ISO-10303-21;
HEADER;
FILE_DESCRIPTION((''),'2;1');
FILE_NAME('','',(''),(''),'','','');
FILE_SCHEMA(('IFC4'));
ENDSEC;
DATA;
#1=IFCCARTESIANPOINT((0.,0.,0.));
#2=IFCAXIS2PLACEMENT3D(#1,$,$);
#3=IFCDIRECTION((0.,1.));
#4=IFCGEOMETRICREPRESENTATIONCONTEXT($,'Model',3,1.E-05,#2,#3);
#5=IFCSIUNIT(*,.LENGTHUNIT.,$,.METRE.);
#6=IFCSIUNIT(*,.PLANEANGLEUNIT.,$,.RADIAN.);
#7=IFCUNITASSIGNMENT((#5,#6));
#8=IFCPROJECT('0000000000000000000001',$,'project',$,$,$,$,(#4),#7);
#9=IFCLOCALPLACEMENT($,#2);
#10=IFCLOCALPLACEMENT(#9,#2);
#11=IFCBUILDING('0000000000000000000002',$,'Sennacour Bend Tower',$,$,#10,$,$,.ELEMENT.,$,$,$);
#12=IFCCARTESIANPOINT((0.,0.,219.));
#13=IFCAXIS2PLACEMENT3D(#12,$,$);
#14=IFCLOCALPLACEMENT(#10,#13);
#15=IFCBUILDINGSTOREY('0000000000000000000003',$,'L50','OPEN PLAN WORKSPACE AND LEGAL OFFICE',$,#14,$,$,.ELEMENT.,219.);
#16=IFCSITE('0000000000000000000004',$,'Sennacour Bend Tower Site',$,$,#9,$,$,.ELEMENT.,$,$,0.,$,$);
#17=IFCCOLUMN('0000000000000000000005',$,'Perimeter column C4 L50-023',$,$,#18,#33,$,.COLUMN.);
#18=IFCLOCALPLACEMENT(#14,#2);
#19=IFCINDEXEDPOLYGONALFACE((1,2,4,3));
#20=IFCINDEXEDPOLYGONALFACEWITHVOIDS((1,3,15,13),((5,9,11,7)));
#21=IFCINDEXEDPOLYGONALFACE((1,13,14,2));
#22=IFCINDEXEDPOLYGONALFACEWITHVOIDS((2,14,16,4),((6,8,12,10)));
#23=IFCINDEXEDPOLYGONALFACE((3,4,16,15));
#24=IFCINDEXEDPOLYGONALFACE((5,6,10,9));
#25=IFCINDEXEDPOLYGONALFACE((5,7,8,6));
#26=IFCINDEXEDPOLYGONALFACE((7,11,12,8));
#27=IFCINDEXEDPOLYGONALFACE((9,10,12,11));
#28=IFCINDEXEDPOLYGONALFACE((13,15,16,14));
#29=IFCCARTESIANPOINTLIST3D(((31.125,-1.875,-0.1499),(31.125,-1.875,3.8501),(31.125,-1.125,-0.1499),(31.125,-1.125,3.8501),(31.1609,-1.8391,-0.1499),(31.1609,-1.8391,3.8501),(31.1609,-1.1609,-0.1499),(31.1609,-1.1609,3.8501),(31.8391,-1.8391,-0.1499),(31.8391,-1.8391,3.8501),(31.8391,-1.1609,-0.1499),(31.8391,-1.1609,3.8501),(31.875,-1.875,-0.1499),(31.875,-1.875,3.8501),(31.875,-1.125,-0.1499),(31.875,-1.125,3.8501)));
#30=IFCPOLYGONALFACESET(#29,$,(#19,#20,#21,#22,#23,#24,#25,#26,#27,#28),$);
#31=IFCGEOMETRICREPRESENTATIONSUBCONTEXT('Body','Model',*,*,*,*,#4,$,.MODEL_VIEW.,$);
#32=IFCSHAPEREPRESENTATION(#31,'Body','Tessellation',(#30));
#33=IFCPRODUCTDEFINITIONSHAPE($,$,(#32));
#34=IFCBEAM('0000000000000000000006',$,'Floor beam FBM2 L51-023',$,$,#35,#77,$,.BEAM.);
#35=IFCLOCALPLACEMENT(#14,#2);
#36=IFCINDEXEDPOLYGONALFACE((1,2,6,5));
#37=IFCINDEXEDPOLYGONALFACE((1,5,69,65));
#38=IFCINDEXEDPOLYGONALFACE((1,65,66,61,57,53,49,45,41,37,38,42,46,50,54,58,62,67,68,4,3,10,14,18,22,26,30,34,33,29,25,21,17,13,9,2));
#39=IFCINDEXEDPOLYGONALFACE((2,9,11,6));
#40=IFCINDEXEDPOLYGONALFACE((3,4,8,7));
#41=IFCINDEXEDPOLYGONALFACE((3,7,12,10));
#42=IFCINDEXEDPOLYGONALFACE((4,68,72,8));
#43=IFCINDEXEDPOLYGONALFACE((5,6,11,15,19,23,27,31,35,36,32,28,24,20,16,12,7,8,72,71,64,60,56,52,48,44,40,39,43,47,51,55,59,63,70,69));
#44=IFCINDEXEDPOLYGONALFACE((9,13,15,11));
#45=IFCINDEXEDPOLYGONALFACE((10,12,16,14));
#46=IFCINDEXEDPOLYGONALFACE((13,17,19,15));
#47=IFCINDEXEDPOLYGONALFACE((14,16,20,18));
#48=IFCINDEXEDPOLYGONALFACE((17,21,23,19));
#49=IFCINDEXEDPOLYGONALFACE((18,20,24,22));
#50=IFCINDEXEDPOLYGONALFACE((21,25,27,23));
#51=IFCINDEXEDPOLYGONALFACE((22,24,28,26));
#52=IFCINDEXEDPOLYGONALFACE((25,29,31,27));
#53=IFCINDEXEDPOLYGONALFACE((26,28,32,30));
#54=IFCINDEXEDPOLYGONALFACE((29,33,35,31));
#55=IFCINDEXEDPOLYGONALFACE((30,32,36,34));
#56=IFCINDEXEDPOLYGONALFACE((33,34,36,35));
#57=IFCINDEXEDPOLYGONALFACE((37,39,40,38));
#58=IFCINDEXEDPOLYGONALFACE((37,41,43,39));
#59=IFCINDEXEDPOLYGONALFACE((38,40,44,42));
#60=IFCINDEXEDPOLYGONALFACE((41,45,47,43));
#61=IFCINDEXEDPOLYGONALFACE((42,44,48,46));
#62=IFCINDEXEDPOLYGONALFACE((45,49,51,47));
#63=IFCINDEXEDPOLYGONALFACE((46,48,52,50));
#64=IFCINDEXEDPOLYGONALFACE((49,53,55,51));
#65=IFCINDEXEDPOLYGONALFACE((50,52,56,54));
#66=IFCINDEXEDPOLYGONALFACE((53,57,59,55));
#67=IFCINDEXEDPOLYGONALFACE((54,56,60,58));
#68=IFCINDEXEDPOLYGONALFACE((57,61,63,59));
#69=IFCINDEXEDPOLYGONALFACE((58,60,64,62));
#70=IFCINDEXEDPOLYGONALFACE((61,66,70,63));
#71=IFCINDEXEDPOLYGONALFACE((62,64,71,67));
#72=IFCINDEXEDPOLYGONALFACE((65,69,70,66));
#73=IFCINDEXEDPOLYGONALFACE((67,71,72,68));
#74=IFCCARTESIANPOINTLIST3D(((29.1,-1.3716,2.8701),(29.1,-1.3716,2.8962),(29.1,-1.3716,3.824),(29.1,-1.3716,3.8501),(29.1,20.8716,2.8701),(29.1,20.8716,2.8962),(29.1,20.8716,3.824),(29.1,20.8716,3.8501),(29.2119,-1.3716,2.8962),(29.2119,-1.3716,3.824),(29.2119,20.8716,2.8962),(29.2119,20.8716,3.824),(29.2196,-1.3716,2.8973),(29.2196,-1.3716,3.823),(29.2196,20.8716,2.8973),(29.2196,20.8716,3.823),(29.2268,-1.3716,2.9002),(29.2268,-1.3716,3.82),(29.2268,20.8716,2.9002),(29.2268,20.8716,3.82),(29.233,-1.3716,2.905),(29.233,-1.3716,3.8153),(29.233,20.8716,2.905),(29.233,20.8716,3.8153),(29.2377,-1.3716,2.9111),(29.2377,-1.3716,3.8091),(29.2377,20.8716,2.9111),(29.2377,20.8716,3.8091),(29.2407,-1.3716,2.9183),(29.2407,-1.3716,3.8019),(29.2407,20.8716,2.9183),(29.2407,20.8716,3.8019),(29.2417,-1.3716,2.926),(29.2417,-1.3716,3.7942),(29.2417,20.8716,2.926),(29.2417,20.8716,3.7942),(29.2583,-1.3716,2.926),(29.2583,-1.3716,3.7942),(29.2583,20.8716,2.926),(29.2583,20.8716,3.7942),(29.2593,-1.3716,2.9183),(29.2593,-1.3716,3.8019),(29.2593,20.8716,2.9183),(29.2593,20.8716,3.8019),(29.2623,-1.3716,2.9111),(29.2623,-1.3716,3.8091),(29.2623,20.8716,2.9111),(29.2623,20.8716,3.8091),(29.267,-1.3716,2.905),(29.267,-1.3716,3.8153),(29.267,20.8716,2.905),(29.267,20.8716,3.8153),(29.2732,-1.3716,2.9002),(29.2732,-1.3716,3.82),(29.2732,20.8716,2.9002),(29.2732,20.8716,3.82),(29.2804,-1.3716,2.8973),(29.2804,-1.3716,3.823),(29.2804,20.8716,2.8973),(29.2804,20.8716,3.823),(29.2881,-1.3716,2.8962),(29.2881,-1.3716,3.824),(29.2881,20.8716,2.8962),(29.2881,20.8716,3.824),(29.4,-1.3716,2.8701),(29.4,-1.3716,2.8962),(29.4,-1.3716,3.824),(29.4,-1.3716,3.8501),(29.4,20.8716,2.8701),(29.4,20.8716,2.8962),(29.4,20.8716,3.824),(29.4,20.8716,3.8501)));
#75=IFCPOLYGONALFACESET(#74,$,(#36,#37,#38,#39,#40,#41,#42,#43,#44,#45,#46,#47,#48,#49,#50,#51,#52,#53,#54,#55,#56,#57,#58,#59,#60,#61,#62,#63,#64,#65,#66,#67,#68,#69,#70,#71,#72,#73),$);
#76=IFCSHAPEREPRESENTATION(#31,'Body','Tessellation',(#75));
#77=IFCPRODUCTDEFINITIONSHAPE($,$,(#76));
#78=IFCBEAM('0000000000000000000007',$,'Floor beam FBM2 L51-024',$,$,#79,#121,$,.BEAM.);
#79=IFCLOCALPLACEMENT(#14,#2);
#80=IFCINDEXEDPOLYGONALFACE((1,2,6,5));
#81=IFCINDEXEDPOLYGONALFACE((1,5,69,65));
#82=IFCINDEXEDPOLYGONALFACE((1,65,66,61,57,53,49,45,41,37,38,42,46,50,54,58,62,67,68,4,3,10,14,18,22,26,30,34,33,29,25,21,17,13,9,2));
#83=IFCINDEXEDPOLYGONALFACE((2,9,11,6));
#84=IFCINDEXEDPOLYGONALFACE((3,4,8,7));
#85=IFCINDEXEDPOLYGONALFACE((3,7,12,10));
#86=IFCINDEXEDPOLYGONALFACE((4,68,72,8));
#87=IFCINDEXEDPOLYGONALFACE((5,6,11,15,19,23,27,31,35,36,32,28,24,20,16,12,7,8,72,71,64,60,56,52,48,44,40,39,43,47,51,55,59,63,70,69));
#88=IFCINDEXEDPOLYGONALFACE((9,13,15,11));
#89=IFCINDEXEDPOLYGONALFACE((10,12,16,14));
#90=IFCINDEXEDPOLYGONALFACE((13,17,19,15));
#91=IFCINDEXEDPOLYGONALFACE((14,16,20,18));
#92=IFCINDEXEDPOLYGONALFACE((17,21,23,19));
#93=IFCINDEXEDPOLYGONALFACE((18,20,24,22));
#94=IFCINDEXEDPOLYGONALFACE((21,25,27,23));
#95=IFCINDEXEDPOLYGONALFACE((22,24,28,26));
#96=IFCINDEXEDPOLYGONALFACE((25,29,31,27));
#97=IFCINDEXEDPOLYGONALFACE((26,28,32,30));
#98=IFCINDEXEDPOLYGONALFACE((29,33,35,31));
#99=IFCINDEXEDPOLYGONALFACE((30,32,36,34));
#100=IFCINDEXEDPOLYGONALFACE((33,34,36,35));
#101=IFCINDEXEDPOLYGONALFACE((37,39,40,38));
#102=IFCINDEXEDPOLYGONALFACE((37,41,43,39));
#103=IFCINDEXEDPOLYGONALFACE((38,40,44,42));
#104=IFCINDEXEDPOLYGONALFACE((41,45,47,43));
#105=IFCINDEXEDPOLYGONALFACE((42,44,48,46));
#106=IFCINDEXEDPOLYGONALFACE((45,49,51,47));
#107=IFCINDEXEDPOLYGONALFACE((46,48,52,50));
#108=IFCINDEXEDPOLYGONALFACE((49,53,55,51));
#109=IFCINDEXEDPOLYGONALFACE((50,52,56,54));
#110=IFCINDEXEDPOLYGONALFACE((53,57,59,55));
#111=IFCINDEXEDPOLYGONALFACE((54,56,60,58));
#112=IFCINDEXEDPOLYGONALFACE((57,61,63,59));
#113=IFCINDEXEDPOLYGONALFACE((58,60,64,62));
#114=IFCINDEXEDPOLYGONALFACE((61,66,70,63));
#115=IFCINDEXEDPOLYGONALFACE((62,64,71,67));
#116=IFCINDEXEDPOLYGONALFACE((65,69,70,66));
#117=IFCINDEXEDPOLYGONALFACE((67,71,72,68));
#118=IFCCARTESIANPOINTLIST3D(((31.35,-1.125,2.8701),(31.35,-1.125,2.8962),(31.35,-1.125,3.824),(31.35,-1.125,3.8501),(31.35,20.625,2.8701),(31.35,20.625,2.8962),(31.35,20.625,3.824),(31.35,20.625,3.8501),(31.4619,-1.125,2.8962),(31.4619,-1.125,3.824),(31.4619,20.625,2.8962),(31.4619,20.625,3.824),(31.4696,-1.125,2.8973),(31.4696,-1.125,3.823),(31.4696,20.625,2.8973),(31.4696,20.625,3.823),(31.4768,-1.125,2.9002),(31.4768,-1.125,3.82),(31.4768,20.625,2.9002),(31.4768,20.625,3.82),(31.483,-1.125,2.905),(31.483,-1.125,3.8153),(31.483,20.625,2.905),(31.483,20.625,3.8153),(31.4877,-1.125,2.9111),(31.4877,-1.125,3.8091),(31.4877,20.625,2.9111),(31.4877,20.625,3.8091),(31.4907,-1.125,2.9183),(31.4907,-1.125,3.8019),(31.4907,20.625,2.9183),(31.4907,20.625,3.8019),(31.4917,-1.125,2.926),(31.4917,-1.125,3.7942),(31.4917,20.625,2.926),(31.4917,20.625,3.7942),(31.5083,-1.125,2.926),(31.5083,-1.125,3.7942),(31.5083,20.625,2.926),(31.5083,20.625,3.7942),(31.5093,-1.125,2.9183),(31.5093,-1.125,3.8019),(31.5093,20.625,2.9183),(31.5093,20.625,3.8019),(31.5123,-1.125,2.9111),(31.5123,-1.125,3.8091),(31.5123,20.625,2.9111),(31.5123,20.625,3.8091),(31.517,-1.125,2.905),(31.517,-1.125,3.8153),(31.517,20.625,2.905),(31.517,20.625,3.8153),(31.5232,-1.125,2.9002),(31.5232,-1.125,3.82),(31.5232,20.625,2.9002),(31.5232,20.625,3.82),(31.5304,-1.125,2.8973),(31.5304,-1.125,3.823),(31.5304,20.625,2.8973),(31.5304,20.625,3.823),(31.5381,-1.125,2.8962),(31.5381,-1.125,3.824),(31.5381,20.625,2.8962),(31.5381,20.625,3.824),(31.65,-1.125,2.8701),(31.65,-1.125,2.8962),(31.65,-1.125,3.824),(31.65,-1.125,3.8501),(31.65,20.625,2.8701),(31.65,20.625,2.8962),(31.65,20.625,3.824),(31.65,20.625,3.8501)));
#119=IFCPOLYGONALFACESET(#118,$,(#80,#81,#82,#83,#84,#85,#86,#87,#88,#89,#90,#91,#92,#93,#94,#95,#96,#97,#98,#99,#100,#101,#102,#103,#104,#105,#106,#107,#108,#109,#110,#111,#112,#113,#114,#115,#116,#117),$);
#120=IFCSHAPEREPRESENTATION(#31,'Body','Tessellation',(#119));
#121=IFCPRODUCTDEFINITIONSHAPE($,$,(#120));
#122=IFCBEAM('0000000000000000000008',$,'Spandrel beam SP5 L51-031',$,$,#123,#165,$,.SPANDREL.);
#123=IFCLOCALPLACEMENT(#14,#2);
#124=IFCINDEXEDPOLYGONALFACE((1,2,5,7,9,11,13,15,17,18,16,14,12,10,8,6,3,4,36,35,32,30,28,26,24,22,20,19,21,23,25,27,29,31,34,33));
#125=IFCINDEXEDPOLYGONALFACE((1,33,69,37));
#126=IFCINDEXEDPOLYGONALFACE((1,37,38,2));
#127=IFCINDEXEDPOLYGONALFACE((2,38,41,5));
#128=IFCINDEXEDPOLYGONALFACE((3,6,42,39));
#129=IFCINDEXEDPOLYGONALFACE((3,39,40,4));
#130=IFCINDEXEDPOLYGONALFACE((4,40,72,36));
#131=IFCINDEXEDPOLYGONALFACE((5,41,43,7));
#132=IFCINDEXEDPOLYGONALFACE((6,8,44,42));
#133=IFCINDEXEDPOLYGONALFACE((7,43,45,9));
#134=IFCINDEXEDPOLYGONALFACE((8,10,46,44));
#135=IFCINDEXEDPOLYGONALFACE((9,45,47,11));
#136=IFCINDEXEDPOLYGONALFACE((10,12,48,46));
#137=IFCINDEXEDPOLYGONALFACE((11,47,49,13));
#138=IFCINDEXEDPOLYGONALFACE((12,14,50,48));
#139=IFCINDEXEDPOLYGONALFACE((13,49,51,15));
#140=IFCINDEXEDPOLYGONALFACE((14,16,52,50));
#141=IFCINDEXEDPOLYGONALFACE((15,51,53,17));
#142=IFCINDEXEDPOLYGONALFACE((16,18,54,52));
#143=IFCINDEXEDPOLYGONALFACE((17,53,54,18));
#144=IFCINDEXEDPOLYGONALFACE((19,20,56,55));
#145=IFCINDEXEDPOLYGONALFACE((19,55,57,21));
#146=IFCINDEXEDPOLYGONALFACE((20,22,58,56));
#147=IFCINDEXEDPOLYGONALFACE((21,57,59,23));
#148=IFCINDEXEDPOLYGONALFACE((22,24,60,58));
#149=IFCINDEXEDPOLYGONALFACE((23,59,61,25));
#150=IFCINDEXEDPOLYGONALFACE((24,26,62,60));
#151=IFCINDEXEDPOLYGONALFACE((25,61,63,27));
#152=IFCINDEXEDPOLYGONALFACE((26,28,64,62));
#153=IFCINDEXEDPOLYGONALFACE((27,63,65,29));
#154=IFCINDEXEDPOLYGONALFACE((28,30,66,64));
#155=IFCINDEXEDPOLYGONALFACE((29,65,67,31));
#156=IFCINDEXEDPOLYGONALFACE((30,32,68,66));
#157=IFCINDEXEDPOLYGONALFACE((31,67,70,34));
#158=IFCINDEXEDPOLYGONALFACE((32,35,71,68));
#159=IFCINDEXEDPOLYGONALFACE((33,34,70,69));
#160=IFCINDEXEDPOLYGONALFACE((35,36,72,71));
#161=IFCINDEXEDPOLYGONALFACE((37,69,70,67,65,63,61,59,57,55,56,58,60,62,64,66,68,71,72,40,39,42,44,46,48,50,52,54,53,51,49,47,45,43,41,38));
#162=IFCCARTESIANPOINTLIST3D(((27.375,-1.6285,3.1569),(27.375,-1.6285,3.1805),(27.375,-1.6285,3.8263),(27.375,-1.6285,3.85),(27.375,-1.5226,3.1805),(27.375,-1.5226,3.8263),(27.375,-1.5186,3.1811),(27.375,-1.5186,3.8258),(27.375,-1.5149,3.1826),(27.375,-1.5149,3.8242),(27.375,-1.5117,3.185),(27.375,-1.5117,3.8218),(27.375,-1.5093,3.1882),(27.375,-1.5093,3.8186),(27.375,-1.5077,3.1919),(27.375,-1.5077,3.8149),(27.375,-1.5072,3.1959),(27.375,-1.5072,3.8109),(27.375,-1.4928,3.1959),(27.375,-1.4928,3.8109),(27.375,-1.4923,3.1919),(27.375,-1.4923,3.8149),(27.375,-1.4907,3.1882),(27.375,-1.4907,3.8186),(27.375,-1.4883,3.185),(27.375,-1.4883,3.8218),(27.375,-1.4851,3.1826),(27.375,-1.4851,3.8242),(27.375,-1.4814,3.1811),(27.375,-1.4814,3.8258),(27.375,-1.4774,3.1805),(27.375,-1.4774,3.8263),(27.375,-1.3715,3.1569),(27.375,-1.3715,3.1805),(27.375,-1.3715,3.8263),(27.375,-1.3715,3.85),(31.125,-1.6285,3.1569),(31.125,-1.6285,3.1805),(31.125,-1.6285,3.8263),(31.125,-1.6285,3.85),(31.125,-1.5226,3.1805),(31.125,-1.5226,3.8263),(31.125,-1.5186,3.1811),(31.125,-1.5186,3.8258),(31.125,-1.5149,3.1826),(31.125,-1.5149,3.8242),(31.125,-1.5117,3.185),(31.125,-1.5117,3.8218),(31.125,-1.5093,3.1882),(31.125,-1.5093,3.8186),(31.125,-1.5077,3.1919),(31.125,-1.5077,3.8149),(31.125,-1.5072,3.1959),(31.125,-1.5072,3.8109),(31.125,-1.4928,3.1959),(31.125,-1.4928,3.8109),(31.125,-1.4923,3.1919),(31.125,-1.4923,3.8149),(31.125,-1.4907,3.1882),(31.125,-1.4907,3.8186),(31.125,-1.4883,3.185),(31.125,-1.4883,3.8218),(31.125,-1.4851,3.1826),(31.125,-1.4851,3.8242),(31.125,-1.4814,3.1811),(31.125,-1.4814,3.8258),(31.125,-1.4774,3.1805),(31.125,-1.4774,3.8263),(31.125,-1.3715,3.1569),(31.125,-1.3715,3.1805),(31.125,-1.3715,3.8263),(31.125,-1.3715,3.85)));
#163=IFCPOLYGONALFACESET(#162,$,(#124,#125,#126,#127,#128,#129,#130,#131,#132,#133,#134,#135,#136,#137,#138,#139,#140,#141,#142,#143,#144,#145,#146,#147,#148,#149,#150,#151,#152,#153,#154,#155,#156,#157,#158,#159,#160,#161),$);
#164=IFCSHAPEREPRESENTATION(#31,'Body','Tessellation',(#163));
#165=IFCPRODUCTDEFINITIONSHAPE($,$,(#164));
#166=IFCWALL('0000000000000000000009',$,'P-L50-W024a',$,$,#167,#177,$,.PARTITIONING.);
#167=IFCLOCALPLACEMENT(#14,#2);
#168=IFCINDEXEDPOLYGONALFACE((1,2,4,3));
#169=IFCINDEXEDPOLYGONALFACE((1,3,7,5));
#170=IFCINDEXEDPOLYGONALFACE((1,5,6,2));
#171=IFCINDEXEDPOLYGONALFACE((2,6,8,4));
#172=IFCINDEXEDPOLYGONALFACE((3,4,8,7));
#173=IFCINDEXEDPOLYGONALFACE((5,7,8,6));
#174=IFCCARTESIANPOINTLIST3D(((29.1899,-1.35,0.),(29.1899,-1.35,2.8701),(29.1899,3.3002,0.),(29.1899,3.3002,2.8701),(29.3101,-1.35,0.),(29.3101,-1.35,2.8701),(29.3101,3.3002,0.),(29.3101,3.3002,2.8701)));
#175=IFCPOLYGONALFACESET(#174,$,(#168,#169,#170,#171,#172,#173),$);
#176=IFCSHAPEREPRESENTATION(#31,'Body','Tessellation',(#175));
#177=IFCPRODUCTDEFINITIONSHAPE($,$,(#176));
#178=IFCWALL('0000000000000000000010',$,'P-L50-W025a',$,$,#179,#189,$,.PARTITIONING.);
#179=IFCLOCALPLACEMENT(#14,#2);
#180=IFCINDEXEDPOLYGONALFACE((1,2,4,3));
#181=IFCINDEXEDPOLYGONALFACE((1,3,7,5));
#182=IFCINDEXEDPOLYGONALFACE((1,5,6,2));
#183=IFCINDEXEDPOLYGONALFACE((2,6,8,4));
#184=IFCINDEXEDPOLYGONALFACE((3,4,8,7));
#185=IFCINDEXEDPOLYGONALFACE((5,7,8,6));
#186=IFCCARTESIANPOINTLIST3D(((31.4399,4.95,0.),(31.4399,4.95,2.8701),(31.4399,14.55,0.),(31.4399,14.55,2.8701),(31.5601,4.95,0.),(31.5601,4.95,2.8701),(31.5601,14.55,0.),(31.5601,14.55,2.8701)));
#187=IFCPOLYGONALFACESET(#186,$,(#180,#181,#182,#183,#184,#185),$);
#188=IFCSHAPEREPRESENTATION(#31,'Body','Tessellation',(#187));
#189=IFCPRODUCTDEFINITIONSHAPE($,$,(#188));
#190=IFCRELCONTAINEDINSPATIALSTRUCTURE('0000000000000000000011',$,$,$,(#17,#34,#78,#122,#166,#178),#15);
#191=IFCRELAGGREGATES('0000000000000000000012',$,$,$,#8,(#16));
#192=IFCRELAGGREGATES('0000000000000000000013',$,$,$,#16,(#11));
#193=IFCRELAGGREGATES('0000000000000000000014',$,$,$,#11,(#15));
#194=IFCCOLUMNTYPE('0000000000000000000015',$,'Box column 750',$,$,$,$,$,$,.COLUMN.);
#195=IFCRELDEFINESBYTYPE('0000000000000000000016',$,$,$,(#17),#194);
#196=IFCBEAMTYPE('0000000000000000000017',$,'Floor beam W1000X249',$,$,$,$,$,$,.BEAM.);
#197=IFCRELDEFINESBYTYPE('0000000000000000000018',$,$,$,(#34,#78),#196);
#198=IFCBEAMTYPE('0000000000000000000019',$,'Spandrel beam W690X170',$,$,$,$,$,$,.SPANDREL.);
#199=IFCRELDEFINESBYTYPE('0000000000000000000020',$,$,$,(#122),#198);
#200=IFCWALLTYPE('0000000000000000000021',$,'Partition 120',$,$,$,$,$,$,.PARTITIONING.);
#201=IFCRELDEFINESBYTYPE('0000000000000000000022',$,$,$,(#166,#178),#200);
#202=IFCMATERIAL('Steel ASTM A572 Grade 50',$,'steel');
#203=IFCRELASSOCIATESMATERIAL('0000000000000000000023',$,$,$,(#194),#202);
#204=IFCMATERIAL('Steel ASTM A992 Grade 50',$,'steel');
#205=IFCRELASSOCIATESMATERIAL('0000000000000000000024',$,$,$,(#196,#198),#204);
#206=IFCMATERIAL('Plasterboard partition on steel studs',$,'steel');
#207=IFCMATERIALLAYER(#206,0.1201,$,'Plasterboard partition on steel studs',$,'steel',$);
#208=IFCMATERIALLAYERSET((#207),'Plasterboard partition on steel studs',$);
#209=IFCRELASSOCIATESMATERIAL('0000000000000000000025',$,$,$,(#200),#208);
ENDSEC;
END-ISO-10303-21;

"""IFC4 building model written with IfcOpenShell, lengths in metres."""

from ifc_helpers import new_model, si_unit, direction, frame, frame_2d, origin, origin_2d, place, context, subcontext, project, spatial, rectangle, hollow_rectangle, i_section, extrude, material, layer, layer_set, material_profile, profile_set, type_object, element, save


model = new_model("IFC4")

# Units and contexts
model_context = context("Model", 3, precision=1e-05, world=origin(), true_north=direction((0.0, 1.0)))
body_context = subcontext(model_context, "Body", "Model", "MODEL_VIEW")
ifc_project = project(units=[si_unit("LENGTHUNIT", "METRE"), si_unit("PLANEANGLEUNIT", "RADIAN")], contexts=[model_context])

# Site, building, storey
site_placement = place(None, origin())
site = spatial("IfcSite", under=ifc_project, at=site_placement, Name="Sennacour Bend Tower Site", CompositionType="ELEMENT", RefElevation=0.0)
building_placement = place(site_placement, origin())
building = spatial("IfcBuilding", under=site, at=building_placement, Name="Sennacour Bend Tower", CompositionType="ELEMENT")
storey_placement = place(building_placement, frame((0.0, 0.0, 219.0)))
storey = spatial("IfcBuildingStorey", under=building, at=storey_placement, Name="L50", Description="OPEN PLAN WORKSPACE AND LEGAL OFFICE", CompositionType="ELEMENT", Elevation=219.0)

# Column
ifc_material_1 = material(Name="Steel ASTM A572 Grade 50", Category="steel")
ifc_material_profile_1 = material_profile(ifc_material_1, hollow_rectangle(XDim=0.75, YDim=0.75, WallThickness=0.0359, at=origin_2d()), Name="Steel ASTM A572 Grade 50", Category="steel")
ifc_profile_set_1 = profile_set([ifc_material_profile_1], Name="Steel ASTM A572 Grade 50")
column_type = type_object("IfcColumnType", Name="Box column 750", PredefinedType="COLUMN", material=ifc_profile_set_1)
column_placement = place(storey_placement, frame((31.5, -1.5, -0.1499), z_axis=(0.0, 0.0, 1.0), x_axis=(1.0, 0.0, 0.0)))
element("IfcColumn", 1, at=column_placement, inside=storey, type_object=column_type, Name="Perimeter column C4 L50-023", PredefinedType="COLUMN", context=body_context, shape_type="SweptSolid", body=[
    extrude(hollow_rectangle(XDim=0.75, YDim=0.75, WallThickness=0.0359, at=origin_2d()), origin(), (0.0, 0.0, 1.0), 4.0),
])

# Beams
ifc_material_2 = material(Name="Steel ASTM A992 Grade 50", Category="steel")
ifc_material_profile_2 = material_profile(ifc_material_2, i_section(OverallWidth=0.3, OverallDepth=0.98, WebThickness=0.0166, FlangeThickness=0.0261, FilletRadius=0.0298, at=origin_2d()), Name="Steel ASTM A992 Grade 50", Category="steel")
ifc_profile_set_2 = profile_set([ifc_material_profile_2], Name="Steel ASTM A992 Grade 50")
beam_type_1 = type_object("IfcBeamType", Name="Floor beam W1000X249", PredefinedType="BEAM", material=ifc_profile_set_2)
beam_1_placement = place(storey_placement, frame((29.25, -1.3716, 3.3601), z_axis=(0.0, 1.0, 0.0), x_axis=(-1.0, 0.0, 0.0)))
element("IfcBeam", 2, at=beam_1_placement, inside=storey, type_object=beam_type_1, Name="Floor beam FBM2 L51-023", PredefinedType="BEAM", context=body_context, shape_type="SweptSolid", body=[
    extrude(i_section(OverallWidth=0.3, OverallDepth=0.98, WebThickness=0.0166, FlangeThickness=0.0261, FilletRadius=0.0298, at=origin_2d()), origin(), (0.0, 0.0, 1.0), 22.2432),
])
beam_2_placement = place(storey_placement, frame((31.5, -1.125, 3.3601), z_axis=(0.0, 1.0, 0.0), x_axis=(-1.0, 0.0, 0.0)))
element("IfcBeam", 3, at=beam_2_placement, inside=storey, type_object=beam_type_1, Name="Floor beam FBM2 L51-024", PredefinedType="BEAM", context=body_context, shape_type="SweptSolid", body=[
    extrude(i_section(OverallWidth=0.3, OverallDepth=0.98, WebThickness=0.0166, FlangeThickness=0.0261, FilletRadius=0.0298, at=origin_2d()), origin(), (0.0, 0.0, 1.0), 21.75),
])
ifc_material_profile_3 = material_profile(ifc_material_2, i_section(OverallWidth=0.2571, OverallDepth=0.6931, WebThickness=0.0144, FlangeThickness=0.0237, FilletRadius=0.0154, at=origin_2d()), Name="Steel ASTM A992 Grade 50", Category="steel")
ifc_profile_set_3 = profile_set([ifc_material_profile_3], Name="Steel ASTM A992 Grade 50")
beam_type_2 = type_object("IfcBeamType", Name="Spandrel beam W690X170", PredefinedType="SPANDREL", material=ifc_profile_set_3)
beam_3_placement = place(storey_placement, frame((31.125, -1.5, 3.5034), z_axis=(-1.0, 0.0, 0.0), x_axis=(0.0, -1.0, 0.0)))
element("IfcBeam", 4, at=beam_3_placement, inside=storey, type_object=beam_type_2, Name="Spandrel beam SP5 L51-031", PredefinedType="SPANDREL", context=body_context, shape_type="SweptSolid", body=[
    extrude(i_section(OverallWidth=0.2571, OverallDepth=0.6931, WebThickness=0.0144, FlangeThickness=0.0237, FilletRadius=0.0154, at=origin_2d()), origin(), (0.0, 0.0, 1.0), 3.75),
])

# Walls
ifc_material_3 = material(Name="Plasterboard partition on steel studs", Category="steel")
ifc_layer_1 = layer(ifc_material_3, 0.1201, Name="Plasterboard partition on steel studs", Category="steel")
ifc_layer_set_1 = layer_set([ifc_layer_1], Name="Plasterboard partition on steel studs")
wall_type_1 = type_object("IfcWallType", Name="Partition 120", PredefinedType="PARTITIONING", material=ifc_layer_set_1)
wall_1_placement = place(storey_placement, frame((29.25, -1.3501, 0.0), z_axis=(0.0, 0.0, 1.0), x_axis=(0.0, 1.0, 0.0)))
element("IfcWall", 5, at=wall_1_placement, inside=storey, type_object=wall_type_1, Name="P-L50-W024a", PredefinedType="PARTITIONING", context=body_context, shape_type="SweptSolid", body=[
    extrude(rectangle(XDim=4.6501, YDim=0.1201, at=frame_2d((2.3252, 0.0))), origin(), (0.0, 0.0, 1.0), 2.8701),
])
wall_2_placement = place(storey_placement, frame((31.5, 4.95, 0.0), z_axis=(0.0, 0.0, 1.0), x_axis=(0.0, 1.0, 0.0)))
element("IfcWall", 6, at=wall_2_placement, inside=storey, type_object=wall_type_1, Name="P-L50-W025a", PredefinedType="PARTITIONING", context=body_context, shape_type="SweptSolid", body=[
    extrude(rectangle(XDim=9.6001, YDim=0.1201, at=frame_2d((4.8, 0.0))), origin(), (0.0, 0.0, 1.0), 2.8701),
])

save(model, "model.ifc")
